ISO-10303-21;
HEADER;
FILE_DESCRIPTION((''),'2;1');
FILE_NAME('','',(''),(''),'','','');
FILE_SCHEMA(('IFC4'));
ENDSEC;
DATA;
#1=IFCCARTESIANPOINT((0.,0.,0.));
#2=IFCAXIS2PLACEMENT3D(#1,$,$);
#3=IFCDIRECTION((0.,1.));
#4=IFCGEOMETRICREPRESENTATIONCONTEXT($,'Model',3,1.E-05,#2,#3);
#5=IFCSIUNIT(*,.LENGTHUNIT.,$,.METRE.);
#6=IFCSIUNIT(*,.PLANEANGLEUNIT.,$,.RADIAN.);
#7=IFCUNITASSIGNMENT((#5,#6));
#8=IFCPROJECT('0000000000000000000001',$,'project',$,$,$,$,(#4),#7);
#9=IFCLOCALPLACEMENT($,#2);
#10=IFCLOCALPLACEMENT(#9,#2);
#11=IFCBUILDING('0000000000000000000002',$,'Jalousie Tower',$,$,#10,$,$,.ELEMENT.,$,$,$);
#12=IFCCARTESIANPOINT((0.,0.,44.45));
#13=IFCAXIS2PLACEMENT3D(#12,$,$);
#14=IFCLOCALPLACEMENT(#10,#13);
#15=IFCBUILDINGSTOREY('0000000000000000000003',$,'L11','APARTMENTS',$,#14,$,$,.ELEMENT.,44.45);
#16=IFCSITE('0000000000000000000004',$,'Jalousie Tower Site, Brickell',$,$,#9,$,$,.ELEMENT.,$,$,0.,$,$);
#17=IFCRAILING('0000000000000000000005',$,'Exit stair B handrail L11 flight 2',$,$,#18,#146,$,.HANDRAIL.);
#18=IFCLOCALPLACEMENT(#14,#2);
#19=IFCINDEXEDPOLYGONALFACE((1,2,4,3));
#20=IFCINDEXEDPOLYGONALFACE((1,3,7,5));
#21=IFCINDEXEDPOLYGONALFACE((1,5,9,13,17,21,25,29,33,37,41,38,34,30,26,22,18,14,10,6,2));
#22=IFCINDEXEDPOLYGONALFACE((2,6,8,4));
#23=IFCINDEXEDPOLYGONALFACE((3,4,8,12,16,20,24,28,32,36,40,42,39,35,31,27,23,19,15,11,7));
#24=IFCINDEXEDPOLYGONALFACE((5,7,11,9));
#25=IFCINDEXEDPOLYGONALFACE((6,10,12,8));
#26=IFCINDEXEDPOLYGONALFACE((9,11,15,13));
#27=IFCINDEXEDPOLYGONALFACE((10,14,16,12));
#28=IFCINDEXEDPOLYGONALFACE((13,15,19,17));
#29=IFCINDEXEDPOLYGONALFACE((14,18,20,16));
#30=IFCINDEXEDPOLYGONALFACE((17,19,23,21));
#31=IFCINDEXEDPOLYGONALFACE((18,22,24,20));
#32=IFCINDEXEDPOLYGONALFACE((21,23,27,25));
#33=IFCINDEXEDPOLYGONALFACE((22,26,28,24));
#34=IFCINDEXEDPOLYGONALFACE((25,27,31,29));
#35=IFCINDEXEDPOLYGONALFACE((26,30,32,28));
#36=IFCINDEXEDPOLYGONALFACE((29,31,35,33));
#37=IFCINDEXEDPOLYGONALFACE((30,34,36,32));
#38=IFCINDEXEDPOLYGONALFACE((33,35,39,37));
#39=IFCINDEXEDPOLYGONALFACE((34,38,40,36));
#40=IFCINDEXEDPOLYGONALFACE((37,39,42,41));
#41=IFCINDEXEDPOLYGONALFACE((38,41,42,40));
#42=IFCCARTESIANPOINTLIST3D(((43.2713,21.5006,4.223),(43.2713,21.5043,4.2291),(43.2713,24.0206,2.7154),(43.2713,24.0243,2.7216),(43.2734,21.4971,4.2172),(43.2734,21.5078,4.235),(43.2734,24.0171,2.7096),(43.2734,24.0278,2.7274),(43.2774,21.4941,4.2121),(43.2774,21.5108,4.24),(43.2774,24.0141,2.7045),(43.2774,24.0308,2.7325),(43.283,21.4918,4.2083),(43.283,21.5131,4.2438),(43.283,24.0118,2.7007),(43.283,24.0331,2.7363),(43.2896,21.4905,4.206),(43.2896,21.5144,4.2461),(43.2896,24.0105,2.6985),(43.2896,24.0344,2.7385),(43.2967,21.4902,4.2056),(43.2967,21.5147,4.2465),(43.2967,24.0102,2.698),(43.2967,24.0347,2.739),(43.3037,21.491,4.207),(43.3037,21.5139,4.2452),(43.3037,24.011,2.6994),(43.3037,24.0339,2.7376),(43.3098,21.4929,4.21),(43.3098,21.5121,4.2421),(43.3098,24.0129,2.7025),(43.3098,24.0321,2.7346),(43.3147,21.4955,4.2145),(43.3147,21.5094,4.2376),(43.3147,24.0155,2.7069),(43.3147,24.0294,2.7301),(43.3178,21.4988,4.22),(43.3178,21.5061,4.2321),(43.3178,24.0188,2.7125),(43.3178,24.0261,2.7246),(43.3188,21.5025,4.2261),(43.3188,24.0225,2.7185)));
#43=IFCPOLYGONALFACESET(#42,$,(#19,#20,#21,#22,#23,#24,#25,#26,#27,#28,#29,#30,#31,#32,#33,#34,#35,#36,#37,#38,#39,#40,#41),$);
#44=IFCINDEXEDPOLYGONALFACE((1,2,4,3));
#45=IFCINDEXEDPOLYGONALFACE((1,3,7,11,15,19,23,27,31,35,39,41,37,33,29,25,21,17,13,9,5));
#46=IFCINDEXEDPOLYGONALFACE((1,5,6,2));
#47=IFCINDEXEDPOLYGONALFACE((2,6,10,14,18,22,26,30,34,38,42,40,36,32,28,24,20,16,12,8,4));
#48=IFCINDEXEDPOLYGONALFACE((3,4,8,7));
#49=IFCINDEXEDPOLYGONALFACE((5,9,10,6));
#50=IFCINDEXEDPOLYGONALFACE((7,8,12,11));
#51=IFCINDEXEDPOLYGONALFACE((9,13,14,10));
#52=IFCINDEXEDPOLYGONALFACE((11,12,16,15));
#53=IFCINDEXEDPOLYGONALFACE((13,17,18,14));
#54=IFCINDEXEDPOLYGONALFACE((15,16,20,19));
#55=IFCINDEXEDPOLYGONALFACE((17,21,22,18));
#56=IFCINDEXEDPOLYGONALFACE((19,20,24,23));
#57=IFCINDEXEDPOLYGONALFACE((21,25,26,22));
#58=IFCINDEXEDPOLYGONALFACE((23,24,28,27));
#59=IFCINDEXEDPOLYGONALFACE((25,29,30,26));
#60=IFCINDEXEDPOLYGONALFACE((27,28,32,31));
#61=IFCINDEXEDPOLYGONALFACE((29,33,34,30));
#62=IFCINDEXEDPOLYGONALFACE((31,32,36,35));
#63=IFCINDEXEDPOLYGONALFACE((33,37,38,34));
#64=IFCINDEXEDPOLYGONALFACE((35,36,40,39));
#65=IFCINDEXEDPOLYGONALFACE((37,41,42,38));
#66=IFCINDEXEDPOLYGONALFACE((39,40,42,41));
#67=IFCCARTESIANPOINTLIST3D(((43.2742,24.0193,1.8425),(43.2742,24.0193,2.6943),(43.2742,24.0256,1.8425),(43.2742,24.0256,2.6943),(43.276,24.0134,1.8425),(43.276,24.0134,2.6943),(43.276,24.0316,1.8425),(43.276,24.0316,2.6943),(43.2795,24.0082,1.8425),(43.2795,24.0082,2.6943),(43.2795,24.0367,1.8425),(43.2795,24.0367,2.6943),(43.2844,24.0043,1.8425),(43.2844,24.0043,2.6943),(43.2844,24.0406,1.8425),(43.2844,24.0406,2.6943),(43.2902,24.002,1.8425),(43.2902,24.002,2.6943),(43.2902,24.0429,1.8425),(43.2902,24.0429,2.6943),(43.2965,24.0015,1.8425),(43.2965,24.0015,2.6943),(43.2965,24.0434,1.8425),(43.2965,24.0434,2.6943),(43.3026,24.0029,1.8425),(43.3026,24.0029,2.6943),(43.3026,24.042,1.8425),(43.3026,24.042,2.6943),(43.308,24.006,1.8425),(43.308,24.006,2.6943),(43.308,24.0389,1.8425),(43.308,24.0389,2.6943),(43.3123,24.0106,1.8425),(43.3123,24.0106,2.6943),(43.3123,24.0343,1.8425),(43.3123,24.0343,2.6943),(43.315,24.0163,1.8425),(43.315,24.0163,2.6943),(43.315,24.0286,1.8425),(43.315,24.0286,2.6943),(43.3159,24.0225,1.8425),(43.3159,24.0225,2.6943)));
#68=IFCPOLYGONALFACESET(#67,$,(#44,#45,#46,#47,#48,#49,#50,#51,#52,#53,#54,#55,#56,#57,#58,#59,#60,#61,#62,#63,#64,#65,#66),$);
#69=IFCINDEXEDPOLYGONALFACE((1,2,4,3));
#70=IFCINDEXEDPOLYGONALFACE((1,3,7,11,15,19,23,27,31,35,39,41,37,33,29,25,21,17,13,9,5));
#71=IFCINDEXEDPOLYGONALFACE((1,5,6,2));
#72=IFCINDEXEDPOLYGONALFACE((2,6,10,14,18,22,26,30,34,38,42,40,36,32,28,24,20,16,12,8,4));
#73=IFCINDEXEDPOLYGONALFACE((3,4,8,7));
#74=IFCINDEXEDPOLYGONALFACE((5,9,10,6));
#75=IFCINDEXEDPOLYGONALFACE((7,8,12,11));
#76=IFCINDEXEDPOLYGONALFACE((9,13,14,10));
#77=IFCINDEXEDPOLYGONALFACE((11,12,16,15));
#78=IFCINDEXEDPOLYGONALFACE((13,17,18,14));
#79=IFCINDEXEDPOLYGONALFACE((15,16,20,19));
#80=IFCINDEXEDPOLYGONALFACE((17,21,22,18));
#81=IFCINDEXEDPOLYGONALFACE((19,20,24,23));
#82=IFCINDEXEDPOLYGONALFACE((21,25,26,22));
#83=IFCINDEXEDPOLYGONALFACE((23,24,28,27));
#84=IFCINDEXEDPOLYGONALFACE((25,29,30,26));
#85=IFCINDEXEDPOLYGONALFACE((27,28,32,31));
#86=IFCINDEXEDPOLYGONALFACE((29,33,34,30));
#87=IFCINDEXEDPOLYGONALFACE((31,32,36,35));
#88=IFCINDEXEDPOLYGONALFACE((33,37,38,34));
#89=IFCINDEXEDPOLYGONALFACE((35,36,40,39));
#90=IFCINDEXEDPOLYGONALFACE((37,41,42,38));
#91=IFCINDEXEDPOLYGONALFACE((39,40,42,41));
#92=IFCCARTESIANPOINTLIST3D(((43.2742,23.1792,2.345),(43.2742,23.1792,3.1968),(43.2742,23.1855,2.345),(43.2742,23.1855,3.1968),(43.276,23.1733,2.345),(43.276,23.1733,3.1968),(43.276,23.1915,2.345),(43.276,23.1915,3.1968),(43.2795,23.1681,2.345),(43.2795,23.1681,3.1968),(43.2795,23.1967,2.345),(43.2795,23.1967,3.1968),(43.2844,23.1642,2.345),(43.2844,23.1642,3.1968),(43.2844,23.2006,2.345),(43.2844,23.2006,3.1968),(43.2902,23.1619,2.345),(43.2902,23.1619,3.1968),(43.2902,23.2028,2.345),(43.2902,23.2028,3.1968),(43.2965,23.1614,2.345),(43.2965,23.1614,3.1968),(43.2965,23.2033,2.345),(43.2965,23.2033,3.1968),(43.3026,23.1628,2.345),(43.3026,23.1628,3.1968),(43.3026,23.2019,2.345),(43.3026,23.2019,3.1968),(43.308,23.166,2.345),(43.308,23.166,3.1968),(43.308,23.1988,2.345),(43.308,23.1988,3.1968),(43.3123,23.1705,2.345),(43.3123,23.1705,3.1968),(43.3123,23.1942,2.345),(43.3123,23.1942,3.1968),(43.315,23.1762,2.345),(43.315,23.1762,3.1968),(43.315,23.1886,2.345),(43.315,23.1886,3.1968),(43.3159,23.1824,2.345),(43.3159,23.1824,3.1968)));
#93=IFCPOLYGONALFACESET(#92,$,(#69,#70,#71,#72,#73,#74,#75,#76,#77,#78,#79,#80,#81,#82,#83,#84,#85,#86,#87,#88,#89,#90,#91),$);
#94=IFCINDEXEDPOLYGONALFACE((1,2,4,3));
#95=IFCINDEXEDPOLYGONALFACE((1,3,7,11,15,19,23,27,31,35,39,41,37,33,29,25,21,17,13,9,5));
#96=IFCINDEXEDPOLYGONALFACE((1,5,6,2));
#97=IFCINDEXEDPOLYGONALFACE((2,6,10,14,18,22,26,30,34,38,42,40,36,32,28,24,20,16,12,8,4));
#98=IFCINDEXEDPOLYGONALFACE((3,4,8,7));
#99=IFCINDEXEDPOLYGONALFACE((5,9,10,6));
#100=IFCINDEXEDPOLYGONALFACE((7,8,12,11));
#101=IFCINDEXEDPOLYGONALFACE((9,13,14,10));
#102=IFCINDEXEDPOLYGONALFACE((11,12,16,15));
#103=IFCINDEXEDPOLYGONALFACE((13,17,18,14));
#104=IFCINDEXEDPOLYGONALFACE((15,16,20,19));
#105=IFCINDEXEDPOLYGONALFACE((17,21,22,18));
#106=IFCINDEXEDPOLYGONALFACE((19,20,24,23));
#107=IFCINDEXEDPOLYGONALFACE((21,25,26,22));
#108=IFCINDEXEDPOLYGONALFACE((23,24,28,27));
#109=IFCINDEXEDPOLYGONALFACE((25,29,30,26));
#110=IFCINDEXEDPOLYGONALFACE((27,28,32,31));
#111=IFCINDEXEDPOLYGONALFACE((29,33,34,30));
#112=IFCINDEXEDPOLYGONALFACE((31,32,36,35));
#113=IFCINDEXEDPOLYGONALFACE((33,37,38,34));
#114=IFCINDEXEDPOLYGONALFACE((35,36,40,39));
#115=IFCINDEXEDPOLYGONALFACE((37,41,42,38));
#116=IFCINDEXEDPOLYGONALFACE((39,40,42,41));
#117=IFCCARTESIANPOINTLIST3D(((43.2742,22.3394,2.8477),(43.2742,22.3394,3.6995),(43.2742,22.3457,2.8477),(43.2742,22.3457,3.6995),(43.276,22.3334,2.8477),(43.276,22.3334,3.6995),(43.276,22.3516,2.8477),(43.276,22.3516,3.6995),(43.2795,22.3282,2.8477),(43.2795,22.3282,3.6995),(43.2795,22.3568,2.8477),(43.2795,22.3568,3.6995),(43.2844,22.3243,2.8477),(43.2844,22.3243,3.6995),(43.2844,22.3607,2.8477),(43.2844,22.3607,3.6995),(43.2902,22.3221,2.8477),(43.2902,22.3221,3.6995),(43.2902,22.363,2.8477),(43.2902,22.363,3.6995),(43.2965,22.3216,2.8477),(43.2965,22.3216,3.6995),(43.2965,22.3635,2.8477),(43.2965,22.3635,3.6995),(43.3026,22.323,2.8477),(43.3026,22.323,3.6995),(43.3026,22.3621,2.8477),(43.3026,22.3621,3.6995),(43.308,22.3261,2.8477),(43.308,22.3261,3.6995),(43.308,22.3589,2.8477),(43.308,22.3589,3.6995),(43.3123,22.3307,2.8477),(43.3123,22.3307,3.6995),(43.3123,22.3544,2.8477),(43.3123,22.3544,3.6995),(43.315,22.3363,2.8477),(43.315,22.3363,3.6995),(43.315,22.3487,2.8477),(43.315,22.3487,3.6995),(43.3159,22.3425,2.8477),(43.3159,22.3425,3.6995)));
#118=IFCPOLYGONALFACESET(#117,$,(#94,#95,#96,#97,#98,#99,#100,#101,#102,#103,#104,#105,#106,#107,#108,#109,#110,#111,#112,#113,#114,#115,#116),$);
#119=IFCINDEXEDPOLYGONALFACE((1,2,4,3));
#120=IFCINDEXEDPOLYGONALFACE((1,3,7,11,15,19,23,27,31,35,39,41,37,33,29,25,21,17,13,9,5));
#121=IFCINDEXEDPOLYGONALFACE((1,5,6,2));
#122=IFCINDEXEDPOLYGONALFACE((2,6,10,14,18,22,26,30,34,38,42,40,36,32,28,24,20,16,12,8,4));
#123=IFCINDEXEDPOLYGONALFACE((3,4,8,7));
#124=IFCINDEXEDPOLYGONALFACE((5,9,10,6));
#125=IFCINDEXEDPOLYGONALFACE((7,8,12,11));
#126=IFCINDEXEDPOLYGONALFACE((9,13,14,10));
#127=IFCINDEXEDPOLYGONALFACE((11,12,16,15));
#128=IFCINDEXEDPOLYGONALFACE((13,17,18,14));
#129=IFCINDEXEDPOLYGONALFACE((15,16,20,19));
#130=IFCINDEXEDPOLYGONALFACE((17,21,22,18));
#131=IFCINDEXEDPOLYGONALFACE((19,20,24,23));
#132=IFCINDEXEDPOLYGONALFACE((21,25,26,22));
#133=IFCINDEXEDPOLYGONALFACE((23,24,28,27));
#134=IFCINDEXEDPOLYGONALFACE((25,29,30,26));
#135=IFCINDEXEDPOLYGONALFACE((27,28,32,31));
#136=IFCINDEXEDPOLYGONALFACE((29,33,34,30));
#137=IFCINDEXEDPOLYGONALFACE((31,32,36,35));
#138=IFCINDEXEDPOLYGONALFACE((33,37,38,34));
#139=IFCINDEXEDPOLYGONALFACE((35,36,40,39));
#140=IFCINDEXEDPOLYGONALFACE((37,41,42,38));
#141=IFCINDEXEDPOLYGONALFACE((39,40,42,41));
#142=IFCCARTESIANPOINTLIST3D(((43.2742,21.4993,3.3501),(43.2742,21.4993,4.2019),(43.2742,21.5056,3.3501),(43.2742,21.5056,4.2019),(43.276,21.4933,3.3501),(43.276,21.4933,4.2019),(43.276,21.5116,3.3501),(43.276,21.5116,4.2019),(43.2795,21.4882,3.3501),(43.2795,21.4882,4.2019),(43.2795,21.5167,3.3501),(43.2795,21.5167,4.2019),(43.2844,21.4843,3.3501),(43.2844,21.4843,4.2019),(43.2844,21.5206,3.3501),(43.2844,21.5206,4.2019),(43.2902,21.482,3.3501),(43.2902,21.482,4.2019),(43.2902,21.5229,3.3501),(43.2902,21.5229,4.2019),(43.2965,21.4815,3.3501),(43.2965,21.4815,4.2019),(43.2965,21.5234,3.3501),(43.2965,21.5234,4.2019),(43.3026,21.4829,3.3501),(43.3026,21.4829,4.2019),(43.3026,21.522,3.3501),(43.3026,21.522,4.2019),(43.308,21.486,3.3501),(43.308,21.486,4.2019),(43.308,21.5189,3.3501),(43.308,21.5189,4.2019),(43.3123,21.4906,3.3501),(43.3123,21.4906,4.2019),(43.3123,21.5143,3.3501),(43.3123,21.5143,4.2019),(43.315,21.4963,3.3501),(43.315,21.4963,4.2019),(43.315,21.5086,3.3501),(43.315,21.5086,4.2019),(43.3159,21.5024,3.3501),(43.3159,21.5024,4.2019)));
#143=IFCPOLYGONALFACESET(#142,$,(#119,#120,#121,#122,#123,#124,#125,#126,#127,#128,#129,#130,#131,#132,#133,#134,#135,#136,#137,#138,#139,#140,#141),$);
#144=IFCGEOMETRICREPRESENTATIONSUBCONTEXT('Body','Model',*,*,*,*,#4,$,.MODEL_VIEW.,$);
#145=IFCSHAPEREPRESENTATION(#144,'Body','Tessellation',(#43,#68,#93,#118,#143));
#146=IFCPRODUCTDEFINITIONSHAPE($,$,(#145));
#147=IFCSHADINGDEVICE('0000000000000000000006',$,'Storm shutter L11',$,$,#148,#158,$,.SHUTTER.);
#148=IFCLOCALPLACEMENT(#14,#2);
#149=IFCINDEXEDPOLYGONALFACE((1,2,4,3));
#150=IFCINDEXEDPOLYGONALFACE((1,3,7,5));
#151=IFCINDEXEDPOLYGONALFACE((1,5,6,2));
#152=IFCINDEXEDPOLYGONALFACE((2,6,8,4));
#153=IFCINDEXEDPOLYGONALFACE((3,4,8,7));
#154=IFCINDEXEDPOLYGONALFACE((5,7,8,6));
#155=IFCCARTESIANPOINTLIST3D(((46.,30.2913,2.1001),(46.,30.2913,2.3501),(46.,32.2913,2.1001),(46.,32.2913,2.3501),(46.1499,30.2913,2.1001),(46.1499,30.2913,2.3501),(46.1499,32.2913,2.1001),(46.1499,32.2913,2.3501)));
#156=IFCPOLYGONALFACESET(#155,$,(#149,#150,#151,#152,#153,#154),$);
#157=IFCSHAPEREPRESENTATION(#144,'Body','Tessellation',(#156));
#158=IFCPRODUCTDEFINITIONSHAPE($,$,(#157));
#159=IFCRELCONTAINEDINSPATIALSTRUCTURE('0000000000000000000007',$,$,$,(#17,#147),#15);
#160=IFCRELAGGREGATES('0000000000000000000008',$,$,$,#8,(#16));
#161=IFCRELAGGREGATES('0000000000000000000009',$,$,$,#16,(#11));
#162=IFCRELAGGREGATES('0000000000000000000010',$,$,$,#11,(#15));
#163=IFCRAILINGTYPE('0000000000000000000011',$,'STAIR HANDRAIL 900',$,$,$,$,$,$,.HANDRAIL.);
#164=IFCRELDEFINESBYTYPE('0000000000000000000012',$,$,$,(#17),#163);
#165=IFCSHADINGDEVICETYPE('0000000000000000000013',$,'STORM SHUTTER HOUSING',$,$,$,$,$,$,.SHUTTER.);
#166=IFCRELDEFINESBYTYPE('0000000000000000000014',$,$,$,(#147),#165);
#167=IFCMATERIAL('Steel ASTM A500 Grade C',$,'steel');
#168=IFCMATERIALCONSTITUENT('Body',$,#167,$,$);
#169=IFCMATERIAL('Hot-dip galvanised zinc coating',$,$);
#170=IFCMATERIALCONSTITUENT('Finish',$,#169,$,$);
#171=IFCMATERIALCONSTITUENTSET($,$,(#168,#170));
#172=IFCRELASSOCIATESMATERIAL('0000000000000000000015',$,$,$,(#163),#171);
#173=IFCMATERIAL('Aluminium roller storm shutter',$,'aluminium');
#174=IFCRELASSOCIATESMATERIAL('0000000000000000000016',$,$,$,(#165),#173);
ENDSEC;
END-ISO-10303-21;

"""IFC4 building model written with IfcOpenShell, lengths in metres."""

from ifc_helpers import new_model, si_unit, direction, frame, origin, origin_2d, place, context, subcontext, project, spatial, rectangle, circle, extrude, material, constituent, constituent_set, type_object, element, save


model = new_model("IFC4")

# Units and contexts
model_context = context("Model", 3, precision=1e-05, world=origin(), true_north=direction((0.0, 1.0)))
body_context = subcontext(model_context, "Body", "Model", "MODEL_VIEW")
ifc_project = project(units=[si_unit("LENGTHUNIT", "METRE"), si_unit("PLANEANGLEUNIT", "RADIAN")], contexts=[model_context])

# Site, building, storey
site_placement = place(None, origin())
site = spatial("IfcSite", under=ifc_project, at=site_placement, Name="Jalousie Tower Site, Brickell", CompositionType="ELEMENT", RefElevation=0.0)
building_placement = place(site_placement, origin())
building = spatial("IfcBuilding", under=site, at=building_placement, Name="Jalousie Tower", CompositionType="ELEMENT")
storey_placement = place(building_placement, frame((0.0, 0.0, 44.45)))
storey = spatial("IfcBuildingStorey", under=building, at=storey_placement, Name="L11", Description="APARTMENTS", CompositionType="ELEMENT", Elevation=44.45)

# Railing
ifc_material_1 = material(Name="Steel ASTM A500 Grade C", Category="steel")
ifc_constituent_1 = constituent(ifc_material_1, Name="Body")
ifc_material_2 = material(Name="Hot-dip galvanised zinc coating")
ifc_constituent_2 = constituent(ifc_material_2, Name="Finish")
ifc_constituent_set_1 = constituent_set(constituents=[ifc_constituent_1, ifc_constituent_2])
railing_type_1 = type_object("IfcRailingType", Name="STAIR HANDRAIL 900", PredefinedType="HANDRAIL", material=ifc_constituent_set_1)
railing_1_placement = place(storey_placement, frame((43.2949, 24.0225, 1.8425)))
element("IfcRailing", 1, at=railing_1_placement, inside=storey, type_object=railing_type_1, Name="Exit stair B handrail L11 flight 2", PredefinedType="HANDRAIL", context=body_context, shape_type="SweptSolid", body=[
    extrude(circle(Radius=0.0239, at=origin_2d()), frame((0.0, 0.0, 0.876), z_axis=(0.0, -0.85816, 0.513383), x_axis=(1.0, 0.0, 0.0)), (0.0, 0.0, 1.0), 2.9365),
    extrude(circle(Radius=0.021, at=origin_2d()), origin(), (0.0, 0.0, 1.0), 0.8518),
    extrude(circle(Radius=0.021, at=origin_2d()), frame((0.0, -0.8401, 0.5024)), (0.0, 0.0, 1.0), 0.8518),
    extrude(circle(Radius=0.021, at=origin_2d()), frame((0.0, -1.6799, 1.0051)), (0.0, 0.0, 1.0), 0.8518),
    extrude(circle(Radius=0.021, at=origin_2d()), frame((0.0, -2.52, 1.5076)), (0.0, 0.0, 1.0), 0.8518),
])

# Shading device
ifc_material_3 = material(Name="Aluminium roller storm shutter", Category="aluminium")
shading_device_type = type_object("IfcShadingDeviceType", Name="STORM SHUTTER HOUSING", PredefinedType="SHUTTER", material=ifc_material_3)
shading_device_placement = place(storey_placement, frame((46.075, 31.2913, 2.1001), z_axis=(0.0, 0.0, 1.0), x_axis=(0.0, 1.0, 0.0)))
element("IfcShadingDevice", 2, at=shading_device_placement, inside=storey, type_object=shading_device_type, Name="Storm shutter L11", PredefinedType="SHUTTER", context=body_context, shape_type="SweptSolid", body=[
    extrude(rectangle(XDim=2.0, YDim=0.1499, at=origin_2d()), origin(), (0.0, 0.0, 1.0), 0.25),
])

save(model, "model.ifc")
